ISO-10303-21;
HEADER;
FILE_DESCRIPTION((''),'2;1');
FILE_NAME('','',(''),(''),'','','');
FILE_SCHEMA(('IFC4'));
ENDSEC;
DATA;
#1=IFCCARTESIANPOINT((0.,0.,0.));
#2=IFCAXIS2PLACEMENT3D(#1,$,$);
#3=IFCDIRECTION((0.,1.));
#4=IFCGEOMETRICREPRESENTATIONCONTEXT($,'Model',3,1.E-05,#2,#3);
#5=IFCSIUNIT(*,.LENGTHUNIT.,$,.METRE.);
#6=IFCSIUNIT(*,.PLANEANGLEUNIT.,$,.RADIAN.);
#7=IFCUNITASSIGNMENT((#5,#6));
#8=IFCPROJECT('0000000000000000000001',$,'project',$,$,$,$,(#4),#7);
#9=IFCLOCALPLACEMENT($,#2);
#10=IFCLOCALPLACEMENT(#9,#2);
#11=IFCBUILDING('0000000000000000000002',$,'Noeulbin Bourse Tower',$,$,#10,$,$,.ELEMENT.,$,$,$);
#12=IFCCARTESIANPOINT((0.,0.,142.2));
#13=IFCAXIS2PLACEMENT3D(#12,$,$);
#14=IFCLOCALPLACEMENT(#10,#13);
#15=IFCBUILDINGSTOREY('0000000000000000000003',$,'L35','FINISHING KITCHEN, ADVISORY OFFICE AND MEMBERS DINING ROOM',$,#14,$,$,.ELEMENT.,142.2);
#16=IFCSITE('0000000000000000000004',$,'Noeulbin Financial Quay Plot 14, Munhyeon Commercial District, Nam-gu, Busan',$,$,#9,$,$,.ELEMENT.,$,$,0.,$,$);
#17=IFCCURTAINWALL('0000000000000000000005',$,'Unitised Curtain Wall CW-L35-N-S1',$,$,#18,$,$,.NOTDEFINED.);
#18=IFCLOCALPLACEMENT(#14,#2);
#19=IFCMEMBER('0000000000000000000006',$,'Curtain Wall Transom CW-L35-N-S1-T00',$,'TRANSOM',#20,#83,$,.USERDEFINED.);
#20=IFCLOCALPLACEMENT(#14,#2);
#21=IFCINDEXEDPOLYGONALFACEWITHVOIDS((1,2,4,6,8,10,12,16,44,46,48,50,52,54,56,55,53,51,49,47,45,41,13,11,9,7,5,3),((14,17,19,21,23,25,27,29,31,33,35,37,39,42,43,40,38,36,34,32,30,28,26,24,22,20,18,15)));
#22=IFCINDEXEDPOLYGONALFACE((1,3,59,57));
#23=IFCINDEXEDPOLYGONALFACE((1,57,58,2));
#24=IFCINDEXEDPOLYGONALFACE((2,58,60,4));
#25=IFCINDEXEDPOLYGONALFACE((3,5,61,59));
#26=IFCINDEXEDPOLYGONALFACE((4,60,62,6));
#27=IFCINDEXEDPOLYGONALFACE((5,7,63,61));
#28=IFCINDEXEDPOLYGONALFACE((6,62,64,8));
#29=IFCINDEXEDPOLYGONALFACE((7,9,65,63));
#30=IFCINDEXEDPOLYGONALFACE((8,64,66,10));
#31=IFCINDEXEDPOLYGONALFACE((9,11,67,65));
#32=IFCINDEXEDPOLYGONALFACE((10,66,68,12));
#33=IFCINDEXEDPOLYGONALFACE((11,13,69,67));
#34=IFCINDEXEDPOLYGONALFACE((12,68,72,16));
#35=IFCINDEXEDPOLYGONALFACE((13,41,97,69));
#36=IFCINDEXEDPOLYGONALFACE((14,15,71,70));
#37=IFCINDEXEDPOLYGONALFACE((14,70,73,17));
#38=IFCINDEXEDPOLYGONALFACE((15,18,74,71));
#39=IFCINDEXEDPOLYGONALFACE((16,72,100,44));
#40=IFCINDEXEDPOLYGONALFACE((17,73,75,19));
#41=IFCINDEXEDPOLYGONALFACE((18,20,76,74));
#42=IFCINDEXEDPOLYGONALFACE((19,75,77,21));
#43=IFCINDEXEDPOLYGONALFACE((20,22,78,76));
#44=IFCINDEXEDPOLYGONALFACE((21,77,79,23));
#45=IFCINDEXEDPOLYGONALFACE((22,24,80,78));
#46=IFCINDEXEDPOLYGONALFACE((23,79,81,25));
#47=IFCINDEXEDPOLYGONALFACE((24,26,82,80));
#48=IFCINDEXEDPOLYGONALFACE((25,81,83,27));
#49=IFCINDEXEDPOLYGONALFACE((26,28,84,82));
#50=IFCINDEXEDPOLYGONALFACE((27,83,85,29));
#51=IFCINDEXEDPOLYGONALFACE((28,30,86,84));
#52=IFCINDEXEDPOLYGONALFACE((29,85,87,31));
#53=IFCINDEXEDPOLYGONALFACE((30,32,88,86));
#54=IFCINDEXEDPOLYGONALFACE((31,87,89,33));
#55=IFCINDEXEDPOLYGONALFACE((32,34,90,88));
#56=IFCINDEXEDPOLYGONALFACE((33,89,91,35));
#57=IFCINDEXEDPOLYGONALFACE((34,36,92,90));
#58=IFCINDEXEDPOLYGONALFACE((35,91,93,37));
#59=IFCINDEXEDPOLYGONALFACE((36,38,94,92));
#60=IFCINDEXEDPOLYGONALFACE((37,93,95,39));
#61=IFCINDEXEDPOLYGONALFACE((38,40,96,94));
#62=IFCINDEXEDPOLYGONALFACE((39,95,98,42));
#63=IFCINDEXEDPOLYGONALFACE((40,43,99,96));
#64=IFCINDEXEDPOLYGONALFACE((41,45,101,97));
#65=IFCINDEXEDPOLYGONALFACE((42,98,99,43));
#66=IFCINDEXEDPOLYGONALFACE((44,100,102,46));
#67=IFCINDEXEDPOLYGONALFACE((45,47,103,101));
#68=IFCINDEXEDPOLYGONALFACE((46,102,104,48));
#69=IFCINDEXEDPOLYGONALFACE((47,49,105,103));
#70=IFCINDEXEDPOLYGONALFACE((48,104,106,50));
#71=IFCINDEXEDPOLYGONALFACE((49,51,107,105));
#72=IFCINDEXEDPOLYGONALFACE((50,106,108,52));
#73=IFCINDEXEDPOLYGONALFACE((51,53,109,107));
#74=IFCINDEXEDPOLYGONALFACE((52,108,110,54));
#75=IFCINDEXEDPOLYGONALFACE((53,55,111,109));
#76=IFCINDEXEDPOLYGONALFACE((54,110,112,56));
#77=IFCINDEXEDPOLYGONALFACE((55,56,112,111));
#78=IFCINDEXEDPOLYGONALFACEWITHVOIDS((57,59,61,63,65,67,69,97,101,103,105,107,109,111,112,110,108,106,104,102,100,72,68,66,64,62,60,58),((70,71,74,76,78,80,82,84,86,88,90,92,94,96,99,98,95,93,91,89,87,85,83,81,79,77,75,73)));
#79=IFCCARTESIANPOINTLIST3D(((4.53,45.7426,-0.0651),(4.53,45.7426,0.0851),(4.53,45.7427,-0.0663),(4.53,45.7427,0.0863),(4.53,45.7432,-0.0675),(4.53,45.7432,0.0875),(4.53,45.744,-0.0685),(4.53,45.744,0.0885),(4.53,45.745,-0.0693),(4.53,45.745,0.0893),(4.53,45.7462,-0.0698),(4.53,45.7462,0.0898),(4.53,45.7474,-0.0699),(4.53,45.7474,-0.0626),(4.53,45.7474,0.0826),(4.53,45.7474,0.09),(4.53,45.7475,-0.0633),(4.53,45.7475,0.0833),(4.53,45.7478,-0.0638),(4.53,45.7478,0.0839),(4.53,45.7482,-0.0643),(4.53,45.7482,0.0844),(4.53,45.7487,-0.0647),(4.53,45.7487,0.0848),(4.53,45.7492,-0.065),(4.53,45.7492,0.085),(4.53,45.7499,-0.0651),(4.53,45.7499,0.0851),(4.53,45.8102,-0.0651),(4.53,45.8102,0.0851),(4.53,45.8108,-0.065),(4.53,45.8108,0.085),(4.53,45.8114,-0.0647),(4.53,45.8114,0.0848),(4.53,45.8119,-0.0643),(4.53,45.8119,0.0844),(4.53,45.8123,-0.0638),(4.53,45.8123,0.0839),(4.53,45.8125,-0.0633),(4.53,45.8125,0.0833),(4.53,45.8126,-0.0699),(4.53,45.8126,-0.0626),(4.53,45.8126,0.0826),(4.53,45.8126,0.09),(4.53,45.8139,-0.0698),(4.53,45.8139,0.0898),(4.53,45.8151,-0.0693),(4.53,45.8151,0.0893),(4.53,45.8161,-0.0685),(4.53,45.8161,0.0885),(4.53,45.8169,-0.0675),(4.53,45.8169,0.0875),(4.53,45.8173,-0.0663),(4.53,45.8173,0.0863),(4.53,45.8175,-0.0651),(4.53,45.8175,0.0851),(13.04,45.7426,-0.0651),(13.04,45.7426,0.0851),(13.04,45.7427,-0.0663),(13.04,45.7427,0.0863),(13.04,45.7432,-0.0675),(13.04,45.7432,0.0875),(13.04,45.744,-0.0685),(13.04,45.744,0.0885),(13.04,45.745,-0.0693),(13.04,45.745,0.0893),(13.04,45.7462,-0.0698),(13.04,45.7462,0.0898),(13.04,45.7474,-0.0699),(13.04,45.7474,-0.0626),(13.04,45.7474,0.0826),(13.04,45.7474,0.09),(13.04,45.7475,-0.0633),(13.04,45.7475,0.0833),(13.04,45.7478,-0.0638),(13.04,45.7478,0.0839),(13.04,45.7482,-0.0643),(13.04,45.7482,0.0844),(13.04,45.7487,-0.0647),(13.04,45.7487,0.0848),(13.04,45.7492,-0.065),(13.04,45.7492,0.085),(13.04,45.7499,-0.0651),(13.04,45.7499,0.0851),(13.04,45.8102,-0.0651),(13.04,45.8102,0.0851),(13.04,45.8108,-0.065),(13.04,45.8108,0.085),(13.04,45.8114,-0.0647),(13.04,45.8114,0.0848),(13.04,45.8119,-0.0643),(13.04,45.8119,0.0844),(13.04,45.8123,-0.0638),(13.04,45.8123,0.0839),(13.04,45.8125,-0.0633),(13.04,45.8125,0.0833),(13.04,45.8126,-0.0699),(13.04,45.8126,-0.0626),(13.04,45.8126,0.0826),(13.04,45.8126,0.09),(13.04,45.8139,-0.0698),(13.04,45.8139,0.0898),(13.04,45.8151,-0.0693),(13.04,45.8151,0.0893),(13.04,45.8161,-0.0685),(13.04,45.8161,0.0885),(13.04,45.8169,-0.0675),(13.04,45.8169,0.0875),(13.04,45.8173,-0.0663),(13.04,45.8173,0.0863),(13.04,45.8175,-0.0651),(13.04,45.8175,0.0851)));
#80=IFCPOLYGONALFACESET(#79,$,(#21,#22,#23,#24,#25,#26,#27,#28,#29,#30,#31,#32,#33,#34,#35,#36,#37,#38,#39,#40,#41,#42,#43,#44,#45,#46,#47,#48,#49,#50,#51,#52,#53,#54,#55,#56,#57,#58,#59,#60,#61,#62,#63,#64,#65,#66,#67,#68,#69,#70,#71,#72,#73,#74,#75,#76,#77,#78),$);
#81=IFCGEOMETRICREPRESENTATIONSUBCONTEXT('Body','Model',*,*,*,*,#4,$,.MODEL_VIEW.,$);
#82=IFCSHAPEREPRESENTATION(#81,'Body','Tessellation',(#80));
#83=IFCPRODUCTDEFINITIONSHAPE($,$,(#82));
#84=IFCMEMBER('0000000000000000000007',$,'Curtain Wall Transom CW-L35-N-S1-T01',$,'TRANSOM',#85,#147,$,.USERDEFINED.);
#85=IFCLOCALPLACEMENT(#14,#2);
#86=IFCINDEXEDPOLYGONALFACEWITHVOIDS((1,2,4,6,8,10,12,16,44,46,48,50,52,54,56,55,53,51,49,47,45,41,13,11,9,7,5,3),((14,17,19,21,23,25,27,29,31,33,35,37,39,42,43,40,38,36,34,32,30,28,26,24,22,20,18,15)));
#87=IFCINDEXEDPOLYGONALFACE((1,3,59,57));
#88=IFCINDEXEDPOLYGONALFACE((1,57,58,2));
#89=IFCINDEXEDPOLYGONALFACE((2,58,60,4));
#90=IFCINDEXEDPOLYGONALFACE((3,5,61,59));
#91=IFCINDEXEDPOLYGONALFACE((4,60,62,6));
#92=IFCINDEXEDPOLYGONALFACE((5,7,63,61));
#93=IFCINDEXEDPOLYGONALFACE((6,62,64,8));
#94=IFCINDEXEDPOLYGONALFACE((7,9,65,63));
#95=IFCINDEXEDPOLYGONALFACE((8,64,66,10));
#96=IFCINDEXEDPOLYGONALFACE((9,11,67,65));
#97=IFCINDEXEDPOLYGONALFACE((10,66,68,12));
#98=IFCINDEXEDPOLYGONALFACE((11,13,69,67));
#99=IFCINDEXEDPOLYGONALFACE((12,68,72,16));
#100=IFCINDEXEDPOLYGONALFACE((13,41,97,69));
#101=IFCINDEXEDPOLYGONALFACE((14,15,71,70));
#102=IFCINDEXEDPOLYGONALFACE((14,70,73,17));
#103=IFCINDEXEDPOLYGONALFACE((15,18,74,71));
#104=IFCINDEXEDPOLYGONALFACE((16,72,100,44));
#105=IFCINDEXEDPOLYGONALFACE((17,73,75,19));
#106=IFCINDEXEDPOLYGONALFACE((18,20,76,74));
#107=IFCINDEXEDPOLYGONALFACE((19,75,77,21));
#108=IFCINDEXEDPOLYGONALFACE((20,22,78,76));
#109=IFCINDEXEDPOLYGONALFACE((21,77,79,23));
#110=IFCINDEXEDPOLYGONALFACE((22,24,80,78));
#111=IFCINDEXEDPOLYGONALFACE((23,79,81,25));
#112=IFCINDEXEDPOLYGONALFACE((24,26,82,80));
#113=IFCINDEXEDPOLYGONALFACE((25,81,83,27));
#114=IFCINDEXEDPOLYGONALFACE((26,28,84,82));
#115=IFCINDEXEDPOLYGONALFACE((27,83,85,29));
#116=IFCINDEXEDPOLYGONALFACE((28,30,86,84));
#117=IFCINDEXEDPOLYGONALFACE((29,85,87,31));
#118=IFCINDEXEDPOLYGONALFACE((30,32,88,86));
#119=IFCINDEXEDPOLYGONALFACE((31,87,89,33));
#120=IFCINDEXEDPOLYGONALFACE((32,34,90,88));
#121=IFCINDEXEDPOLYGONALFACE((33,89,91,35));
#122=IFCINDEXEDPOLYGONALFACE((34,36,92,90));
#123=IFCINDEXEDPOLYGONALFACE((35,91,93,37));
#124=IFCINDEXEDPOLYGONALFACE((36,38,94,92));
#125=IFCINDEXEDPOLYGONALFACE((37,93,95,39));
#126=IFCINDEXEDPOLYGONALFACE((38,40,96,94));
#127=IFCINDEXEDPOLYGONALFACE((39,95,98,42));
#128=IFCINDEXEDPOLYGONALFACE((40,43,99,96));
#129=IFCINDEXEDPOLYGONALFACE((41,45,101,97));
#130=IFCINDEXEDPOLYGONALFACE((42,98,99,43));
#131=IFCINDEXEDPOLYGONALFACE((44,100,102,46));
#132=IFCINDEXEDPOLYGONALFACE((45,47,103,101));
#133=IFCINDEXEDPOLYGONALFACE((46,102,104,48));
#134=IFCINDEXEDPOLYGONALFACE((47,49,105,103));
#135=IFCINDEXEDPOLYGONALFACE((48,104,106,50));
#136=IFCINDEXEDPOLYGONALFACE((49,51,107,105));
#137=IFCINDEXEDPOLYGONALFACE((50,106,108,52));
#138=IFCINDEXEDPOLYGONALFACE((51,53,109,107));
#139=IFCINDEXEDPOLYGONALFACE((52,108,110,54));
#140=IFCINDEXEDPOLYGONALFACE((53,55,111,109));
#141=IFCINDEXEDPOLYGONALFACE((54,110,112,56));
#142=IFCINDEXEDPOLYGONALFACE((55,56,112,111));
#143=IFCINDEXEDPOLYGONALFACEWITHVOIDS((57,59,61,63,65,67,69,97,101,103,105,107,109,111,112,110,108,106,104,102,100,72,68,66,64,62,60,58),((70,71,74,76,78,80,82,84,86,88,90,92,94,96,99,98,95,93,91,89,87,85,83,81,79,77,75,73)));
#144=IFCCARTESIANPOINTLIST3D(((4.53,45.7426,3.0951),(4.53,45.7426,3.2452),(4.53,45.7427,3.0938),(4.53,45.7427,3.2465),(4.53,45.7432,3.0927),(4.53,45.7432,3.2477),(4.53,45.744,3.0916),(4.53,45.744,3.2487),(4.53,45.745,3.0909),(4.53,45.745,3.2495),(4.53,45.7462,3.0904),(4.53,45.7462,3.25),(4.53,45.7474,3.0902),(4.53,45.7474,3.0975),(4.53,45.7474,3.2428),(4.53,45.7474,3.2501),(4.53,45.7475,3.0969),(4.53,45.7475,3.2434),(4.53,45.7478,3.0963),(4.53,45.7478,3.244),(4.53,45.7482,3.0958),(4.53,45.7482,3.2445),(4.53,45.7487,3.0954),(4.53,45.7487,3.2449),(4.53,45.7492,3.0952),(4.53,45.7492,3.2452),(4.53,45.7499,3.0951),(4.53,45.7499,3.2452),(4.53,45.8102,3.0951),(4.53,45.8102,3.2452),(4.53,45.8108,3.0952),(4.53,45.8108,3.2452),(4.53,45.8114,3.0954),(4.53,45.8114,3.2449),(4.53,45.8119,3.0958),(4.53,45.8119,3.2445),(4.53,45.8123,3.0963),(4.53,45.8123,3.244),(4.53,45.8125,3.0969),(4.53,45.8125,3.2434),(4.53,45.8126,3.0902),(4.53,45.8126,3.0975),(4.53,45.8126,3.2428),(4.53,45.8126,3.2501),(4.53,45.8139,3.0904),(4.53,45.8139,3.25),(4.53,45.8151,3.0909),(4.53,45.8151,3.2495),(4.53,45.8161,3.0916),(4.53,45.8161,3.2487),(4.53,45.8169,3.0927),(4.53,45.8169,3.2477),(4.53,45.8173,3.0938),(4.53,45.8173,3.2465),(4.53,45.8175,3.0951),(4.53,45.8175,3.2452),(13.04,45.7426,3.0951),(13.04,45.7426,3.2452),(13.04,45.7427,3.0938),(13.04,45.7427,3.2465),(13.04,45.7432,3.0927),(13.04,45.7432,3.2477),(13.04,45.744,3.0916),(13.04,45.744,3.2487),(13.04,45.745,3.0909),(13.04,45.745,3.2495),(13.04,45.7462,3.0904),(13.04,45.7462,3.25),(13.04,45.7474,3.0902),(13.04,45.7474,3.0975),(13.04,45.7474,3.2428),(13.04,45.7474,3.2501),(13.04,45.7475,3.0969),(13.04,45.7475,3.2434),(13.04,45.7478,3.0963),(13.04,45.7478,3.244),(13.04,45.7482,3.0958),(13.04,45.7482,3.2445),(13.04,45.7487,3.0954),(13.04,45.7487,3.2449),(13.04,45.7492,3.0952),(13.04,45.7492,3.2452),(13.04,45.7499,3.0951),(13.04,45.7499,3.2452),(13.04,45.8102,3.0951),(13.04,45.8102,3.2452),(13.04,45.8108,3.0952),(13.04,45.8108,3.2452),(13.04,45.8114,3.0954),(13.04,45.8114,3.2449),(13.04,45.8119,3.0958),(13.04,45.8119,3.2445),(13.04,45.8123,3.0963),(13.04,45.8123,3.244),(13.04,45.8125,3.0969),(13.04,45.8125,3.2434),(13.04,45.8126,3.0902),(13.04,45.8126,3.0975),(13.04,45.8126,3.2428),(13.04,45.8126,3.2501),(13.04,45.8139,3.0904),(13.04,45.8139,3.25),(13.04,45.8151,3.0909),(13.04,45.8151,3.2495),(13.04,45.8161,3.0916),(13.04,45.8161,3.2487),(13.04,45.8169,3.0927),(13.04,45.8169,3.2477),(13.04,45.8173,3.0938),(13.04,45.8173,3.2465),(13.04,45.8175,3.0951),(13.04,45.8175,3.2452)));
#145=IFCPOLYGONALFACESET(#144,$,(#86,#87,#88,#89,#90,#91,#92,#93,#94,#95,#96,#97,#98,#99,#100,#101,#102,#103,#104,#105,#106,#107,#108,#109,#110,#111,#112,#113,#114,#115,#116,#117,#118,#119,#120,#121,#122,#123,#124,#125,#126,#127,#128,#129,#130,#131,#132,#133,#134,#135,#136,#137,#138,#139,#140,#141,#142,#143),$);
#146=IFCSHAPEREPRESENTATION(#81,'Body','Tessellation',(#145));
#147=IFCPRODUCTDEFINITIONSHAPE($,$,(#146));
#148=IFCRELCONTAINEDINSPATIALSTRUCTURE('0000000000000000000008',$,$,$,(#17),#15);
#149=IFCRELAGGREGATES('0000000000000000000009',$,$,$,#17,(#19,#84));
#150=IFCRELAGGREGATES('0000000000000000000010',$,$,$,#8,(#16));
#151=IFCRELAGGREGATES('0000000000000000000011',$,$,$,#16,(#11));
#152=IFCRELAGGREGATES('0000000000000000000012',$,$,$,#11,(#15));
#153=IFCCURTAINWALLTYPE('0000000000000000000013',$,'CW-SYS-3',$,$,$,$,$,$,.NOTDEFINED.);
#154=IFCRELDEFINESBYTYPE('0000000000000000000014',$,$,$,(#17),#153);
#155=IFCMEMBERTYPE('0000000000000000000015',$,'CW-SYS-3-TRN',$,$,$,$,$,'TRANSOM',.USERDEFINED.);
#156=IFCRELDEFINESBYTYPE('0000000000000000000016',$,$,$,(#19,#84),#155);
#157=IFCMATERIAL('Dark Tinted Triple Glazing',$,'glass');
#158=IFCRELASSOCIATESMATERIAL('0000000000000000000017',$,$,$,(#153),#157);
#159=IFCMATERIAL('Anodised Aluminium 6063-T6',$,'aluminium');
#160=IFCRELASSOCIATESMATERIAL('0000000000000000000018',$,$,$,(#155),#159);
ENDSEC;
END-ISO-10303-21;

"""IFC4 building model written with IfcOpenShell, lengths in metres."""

from ifc_helpers import new_model, si_unit, direction, frame, origin, origin_2d, place, context, subcontext, project, spatial, hollow_rectangle, extrude, material, material_profile, profile_set, type_object, element, aggregate, save


model = new_model("IFC4")

# Units and contexts
model_context = context("Model", 3, precision=1e-05, world=origin(), true_north=direction((0.0, 1.0)))
body_context = subcontext(model_context, "Body", "Model", "MODEL_VIEW")
ifc_project = project(units=[si_unit("LENGTHUNIT", "METRE"), si_unit("PLANEANGLEUNIT", "RADIAN")], contexts=[model_context])

# Site, building, storey
site_placement = place(None, origin())
site = spatial("IfcSite", under=ifc_project, at=site_placement, Name="Noeulbin Financial Quay Plot 14, Munhyeon Commercial District, Nam-gu, Busan", CompositionType="ELEMENT", RefElevation=0.0)
building_placement = place(site_placement, origin())
building = spatial("IfcBuilding", under=site, at=building_placement, Name="Noeulbin Bourse Tower", CompositionType="ELEMENT")
storey_placement = place(building_placement, frame((0.0, 0.0, 142.2)))
storey = spatial("IfcBuildingStorey", under=building, at=storey_placement, Name="L35", Description="FINISHING KITCHEN, ADVISORY OFFICE AND MEMBERS DINING ROOM", CompositionType="ELEMENT", Elevation=142.2)

# Curtain wall
ifc_material_1 = material(Name="Dark Tinted Triple Glazing", Category="glass")
curtain_wall_type = type_object("IfcCurtainWallType", Name="CW-SYS-3", PredefinedType="NOTDEFINED", material=ifc_material_1)
curtain_wall_1_placement = place(storey_placement, origin())
curtain_wall_1 = element("IfcCurtainWall", 1, at=curtain_wall_1_placement, inside=storey, type_object=curtain_wall_type, Name="Unitised Curtain Wall CW-L35-N-S1", PredefinedType="NOTDEFINED")
ifc_material_2 = material(Name="Anodised Aluminium 6063-T6", Category="aluminium")

# Members
ifc_material_profile_1 = material_profile(ifc_material_2, hollow_rectangle(XDim=0.075, YDim=0.1599, WallThickness=0.0049, InnerFilletRadius=0.0024, OuterFilletRadius=0.0049, at=origin_2d()), Name="ALU-TRAN-75x160x5", Category="LoadBearing")
ifc_profile_set_1 = profile_set([ifc_material_profile_1], Name="Anodised Aluminium 6063-T6")
member_type_1 = type_object("IfcMemberType", Name="CW-SYS-3-TRN", ElementType="TRANSOM", PredefinedType="USERDEFINED", material=ifc_profile_set_1)
member_1_placement = place(storey_placement, frame((4.53, 45.78, 0.01), z_axis=(1.0, 0.0, 0.0), x_axis=(0.0, 1.0, 0.0)))
member_1 = element("IfcMember", 2, at=member_1_placement, type_object=member_type_1, Name="Curtain Wall Transom CW-L35-N-S1-T00", ObjectType="TRANSOM", PredefinedType="USERDEFINED", context=body_context, shape_type="SweptSolid", body=[
    extrude(hollow_rectangle(XDim=0.075, YDim=0.1599, WallThickness=0.0049, InnerFilletRadius=0.0024, OuterFilletRadius=0.0049, at=origin_2d()), origin(), (0.0, 0.0, 1.0), 8.51),
])
member_2_placement = place(storey_placement, frame((4.53, 45.78, 3.1702), z_axis=(1.0, 0.0, 0.0), x_axis=(0.0, 1.0, 0.0)))
member_2 = element("IfcMember", 3, at=member_2_placement, type_object=member_type_1, Name="Curtain Wall Transom CW-L35-N-S1-T01", ObjectType="TRANSOM", PredefinedType="USERDEFINED", context=body_context, shape_type="SweptSolid", body=[
    extrude(hollow_rectangle(XDim=0.075, YDim=0.1599, WallThickness=0.0049, InnerFilletRadius=0.0024, OuterFilletRadius=0.0049, at=origin_2d()), origin(), (0.0, 0.0, 1.0), 8.51),
])

aggregate(curtain_wall_1, [member_1, member_2])

save(model, "model.ifc")
